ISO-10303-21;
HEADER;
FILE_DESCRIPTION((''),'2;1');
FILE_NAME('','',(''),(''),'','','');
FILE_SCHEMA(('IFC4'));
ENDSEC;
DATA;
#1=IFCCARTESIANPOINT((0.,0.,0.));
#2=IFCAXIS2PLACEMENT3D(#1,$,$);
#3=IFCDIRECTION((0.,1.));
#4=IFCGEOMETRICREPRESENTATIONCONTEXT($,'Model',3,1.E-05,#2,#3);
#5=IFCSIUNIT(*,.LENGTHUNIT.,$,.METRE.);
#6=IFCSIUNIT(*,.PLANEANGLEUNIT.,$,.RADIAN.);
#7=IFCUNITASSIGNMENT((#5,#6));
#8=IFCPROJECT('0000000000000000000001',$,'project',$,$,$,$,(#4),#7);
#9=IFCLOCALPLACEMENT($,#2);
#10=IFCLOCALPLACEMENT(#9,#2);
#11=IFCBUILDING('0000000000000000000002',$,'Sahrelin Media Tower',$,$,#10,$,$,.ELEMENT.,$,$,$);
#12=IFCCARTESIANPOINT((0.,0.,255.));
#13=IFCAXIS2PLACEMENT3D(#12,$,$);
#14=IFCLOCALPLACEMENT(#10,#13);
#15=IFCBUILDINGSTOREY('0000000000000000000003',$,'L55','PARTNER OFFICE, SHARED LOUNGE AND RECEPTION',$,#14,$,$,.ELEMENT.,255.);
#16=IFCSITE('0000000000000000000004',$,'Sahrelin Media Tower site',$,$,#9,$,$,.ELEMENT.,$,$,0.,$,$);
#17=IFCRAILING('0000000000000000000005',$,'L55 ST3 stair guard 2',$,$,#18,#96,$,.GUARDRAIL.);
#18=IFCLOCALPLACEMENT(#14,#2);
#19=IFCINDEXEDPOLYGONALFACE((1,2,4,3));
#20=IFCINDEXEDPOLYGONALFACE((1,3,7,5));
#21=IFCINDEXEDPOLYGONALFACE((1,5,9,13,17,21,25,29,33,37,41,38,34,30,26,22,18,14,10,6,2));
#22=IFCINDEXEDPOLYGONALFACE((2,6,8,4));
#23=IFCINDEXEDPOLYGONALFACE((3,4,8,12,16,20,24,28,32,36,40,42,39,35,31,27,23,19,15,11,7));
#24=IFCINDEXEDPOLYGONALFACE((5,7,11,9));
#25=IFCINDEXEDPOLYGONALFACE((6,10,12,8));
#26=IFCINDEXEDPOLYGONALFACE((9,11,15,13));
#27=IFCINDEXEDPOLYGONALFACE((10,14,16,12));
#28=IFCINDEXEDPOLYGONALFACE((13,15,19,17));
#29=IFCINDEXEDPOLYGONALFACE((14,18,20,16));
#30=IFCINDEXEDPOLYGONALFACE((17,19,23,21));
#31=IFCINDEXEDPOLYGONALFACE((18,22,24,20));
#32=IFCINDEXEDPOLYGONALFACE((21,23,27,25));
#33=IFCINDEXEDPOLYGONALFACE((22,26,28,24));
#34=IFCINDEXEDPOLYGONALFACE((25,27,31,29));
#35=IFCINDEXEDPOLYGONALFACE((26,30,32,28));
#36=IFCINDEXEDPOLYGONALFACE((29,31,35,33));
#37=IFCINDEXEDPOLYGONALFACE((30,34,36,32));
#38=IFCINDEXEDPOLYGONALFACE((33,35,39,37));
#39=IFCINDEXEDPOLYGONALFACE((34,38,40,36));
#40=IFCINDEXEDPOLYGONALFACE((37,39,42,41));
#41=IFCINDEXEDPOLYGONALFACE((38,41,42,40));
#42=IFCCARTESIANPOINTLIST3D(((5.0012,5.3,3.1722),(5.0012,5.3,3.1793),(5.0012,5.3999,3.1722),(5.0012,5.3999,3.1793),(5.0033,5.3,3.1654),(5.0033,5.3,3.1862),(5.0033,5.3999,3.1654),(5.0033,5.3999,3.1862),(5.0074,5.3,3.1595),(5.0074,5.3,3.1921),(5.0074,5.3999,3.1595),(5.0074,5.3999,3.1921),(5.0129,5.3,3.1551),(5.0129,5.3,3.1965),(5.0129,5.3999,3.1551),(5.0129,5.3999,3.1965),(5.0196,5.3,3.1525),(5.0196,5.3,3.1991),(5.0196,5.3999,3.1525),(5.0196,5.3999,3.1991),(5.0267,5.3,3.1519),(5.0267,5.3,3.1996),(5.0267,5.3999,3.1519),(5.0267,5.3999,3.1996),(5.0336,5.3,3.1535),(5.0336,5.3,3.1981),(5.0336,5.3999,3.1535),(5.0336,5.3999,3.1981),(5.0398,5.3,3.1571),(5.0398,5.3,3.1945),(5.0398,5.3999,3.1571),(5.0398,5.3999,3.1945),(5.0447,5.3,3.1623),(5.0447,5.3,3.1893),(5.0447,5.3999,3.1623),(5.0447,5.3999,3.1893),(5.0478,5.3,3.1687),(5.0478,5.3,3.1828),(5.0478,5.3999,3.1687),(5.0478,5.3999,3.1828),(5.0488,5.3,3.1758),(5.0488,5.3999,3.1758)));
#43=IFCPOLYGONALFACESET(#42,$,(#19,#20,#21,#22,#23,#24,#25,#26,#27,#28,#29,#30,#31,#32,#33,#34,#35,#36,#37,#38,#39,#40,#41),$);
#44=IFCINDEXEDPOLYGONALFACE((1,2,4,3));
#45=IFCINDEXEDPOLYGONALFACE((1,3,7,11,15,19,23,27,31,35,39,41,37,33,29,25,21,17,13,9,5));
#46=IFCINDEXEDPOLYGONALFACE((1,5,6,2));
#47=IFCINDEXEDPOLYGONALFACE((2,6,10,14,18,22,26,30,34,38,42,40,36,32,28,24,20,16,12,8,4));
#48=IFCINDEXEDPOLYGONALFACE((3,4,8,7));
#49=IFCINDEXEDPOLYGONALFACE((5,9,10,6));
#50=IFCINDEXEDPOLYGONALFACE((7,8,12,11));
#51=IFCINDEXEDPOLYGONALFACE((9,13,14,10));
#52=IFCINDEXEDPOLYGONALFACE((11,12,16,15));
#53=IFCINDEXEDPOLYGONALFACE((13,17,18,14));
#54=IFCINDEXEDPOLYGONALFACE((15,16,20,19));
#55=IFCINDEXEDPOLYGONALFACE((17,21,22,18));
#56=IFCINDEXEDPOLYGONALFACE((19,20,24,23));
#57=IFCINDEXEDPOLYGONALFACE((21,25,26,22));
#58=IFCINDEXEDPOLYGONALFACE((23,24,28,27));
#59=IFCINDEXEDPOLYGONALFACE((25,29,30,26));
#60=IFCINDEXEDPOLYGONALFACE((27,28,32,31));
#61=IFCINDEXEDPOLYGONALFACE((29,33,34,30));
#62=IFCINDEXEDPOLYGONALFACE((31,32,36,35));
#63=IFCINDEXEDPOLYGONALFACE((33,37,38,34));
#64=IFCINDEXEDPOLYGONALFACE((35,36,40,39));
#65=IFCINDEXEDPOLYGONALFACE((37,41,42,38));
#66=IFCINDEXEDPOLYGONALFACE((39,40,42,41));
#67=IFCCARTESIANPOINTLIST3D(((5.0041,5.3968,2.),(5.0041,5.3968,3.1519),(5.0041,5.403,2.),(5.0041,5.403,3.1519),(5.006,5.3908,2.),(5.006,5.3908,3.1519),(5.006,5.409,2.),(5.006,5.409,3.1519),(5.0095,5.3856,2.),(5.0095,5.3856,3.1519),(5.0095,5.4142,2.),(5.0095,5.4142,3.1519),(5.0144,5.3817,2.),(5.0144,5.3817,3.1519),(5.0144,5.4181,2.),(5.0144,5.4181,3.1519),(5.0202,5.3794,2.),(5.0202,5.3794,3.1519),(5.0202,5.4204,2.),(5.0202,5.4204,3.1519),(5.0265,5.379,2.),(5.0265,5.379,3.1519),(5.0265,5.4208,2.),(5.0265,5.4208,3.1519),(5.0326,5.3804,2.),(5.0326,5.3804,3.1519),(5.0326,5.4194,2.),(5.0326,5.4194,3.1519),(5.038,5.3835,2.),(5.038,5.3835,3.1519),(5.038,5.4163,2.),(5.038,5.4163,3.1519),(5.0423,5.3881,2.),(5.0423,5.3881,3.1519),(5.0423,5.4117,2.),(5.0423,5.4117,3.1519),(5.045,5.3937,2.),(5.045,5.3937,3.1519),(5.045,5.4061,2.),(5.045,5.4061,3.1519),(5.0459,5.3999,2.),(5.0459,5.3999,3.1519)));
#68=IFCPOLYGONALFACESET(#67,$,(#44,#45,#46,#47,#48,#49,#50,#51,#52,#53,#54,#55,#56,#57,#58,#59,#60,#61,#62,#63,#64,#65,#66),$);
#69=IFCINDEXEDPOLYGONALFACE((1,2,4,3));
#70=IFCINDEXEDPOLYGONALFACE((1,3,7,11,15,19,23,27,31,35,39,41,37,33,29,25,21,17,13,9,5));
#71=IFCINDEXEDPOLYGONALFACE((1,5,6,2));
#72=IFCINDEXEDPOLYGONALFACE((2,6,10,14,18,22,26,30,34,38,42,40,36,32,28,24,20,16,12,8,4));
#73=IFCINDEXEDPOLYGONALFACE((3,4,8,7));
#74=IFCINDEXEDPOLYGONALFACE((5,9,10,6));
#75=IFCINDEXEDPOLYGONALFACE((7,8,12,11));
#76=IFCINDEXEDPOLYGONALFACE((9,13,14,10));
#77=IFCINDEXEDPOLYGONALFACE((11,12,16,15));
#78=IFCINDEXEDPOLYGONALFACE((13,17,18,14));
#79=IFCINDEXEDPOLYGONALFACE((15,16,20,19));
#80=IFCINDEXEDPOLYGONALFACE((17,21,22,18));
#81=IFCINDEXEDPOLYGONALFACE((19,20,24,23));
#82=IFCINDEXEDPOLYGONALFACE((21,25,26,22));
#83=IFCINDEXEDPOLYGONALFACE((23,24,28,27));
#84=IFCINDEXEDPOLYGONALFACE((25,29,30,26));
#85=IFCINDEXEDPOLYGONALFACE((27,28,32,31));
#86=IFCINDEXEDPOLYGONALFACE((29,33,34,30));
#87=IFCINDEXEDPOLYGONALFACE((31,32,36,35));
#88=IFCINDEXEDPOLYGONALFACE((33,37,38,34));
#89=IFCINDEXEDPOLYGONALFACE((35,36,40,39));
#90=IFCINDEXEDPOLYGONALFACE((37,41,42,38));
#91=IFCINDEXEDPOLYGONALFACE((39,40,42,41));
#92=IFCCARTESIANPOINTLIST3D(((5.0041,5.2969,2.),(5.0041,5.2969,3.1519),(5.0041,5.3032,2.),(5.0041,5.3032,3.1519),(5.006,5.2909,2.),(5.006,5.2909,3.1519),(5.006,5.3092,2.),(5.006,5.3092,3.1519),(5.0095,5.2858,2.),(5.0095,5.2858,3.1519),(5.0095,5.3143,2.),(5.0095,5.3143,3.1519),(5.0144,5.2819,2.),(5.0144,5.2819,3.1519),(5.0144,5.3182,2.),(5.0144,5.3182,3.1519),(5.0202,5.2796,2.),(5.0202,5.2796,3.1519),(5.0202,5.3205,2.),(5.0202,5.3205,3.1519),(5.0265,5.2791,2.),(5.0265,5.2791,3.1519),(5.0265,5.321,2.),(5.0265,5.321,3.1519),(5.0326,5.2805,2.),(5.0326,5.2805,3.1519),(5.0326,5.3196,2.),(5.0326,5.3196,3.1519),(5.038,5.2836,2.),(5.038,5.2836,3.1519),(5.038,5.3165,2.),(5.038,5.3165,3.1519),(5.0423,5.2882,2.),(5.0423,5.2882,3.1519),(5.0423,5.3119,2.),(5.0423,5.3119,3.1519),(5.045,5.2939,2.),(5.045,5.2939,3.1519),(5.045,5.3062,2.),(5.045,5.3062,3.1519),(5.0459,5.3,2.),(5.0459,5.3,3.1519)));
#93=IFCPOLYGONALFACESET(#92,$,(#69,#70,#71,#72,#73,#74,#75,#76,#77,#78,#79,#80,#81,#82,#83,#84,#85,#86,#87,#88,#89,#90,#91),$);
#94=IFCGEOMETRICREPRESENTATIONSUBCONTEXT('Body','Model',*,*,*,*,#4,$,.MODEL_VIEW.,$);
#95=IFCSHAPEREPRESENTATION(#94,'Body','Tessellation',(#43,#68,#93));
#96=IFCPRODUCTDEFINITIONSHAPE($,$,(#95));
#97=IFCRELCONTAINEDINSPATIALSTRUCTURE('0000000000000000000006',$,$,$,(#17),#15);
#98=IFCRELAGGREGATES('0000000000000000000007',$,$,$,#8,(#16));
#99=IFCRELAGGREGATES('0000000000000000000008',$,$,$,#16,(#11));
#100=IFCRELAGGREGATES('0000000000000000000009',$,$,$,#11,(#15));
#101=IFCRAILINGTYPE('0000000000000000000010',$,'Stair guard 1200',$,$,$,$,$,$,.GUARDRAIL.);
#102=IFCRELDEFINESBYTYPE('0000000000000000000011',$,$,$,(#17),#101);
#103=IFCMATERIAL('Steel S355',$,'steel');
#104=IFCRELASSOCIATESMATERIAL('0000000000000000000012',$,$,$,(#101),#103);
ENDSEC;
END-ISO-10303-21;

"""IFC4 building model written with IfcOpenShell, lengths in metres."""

from ifc_helpers import new_model, si_unit, direction, frame, origin, origin_2d, place, context, subcontext, project, spatial, circle, extrude, material, type_object, element, save


model = new_model("IFC4")

# Units and contexts
model_context = context("Model", 3, precision=1e-05, world=origin(), true_north=direction((0.0, 1.0)))
body_context = subcontext(model_context, "Body", "Model", "MODEL_VIEW")
ifc_project = project(units=[si_unit("LENGTHUNIT", "METRE"), si_unit("PLANEANGLEUNIT", "RADIAN")], contexts=[model_context])

# Site, building, storey
site_placement = place(None, origin())
site = spatial("IfcSite", under=ifc_project, at=site_placement, Name="Sahrelin Media Tower site", CompositionType="ELEMENT", RefElevation=0.0)
building_placement = place(site_placement, origin())
building = spatial("IfcBuilding", under=site, at=building_placement, Name="Sahrelin Media Tower", CompositionType="ELEMENT")
storey_placement = place(building_placement, frame((0.0, 0.0, 255.0)))
storey = spatial("IfcBuildingStorey", under=building, at=storey_placement, Name="L55", Description="PARTNER OFFICE, SHARED LOUNGE AND RECEPTION", CompositionType="ELEMENT", Elevation=255.0)

# Shared definitions
ifc_material_1 = material(Name="Steel S355", Category="steel")

# Railing
railing_type_1 = type_object("IfcRailingType", Name="Stair guard 1200", PredefinedType="GUARDRAIL", material=ifc_material_1)
railing_1_placement = place(storey_placement, frame((5.0249, 5.3999, 2.0)))
element("IfcRailing", 1, at=railing_1_placement, inside=storey, type_object=railing_type_1, Name="L55 ST3 stair guard 2", PredefinedType="GUARDRAIL", context=body_context, shape_type="SweptSolid", body=[
    extrude(circle(Radius=0.0239, at=origin_2d()), frame((0.0, 0.0, 1.1758), z_axis=(0.0, -1.0, 0.0), x_axis=(1.0, 0.0, 0.0)), (0.0, 0.0, 1.0), 0.0999),
    extrude(circle(Radius=0.021, at=origin_2d()), origin(), (0.0, 0.0, 1.0), 1.1519),
    extrude(circle(Radius=0.021, at=origin_2d()), frame((0.0, -0.0999, 0.0)), (0.0, 0.0, 1.0), 1.1519),
])

save(model, "model.ifc")
